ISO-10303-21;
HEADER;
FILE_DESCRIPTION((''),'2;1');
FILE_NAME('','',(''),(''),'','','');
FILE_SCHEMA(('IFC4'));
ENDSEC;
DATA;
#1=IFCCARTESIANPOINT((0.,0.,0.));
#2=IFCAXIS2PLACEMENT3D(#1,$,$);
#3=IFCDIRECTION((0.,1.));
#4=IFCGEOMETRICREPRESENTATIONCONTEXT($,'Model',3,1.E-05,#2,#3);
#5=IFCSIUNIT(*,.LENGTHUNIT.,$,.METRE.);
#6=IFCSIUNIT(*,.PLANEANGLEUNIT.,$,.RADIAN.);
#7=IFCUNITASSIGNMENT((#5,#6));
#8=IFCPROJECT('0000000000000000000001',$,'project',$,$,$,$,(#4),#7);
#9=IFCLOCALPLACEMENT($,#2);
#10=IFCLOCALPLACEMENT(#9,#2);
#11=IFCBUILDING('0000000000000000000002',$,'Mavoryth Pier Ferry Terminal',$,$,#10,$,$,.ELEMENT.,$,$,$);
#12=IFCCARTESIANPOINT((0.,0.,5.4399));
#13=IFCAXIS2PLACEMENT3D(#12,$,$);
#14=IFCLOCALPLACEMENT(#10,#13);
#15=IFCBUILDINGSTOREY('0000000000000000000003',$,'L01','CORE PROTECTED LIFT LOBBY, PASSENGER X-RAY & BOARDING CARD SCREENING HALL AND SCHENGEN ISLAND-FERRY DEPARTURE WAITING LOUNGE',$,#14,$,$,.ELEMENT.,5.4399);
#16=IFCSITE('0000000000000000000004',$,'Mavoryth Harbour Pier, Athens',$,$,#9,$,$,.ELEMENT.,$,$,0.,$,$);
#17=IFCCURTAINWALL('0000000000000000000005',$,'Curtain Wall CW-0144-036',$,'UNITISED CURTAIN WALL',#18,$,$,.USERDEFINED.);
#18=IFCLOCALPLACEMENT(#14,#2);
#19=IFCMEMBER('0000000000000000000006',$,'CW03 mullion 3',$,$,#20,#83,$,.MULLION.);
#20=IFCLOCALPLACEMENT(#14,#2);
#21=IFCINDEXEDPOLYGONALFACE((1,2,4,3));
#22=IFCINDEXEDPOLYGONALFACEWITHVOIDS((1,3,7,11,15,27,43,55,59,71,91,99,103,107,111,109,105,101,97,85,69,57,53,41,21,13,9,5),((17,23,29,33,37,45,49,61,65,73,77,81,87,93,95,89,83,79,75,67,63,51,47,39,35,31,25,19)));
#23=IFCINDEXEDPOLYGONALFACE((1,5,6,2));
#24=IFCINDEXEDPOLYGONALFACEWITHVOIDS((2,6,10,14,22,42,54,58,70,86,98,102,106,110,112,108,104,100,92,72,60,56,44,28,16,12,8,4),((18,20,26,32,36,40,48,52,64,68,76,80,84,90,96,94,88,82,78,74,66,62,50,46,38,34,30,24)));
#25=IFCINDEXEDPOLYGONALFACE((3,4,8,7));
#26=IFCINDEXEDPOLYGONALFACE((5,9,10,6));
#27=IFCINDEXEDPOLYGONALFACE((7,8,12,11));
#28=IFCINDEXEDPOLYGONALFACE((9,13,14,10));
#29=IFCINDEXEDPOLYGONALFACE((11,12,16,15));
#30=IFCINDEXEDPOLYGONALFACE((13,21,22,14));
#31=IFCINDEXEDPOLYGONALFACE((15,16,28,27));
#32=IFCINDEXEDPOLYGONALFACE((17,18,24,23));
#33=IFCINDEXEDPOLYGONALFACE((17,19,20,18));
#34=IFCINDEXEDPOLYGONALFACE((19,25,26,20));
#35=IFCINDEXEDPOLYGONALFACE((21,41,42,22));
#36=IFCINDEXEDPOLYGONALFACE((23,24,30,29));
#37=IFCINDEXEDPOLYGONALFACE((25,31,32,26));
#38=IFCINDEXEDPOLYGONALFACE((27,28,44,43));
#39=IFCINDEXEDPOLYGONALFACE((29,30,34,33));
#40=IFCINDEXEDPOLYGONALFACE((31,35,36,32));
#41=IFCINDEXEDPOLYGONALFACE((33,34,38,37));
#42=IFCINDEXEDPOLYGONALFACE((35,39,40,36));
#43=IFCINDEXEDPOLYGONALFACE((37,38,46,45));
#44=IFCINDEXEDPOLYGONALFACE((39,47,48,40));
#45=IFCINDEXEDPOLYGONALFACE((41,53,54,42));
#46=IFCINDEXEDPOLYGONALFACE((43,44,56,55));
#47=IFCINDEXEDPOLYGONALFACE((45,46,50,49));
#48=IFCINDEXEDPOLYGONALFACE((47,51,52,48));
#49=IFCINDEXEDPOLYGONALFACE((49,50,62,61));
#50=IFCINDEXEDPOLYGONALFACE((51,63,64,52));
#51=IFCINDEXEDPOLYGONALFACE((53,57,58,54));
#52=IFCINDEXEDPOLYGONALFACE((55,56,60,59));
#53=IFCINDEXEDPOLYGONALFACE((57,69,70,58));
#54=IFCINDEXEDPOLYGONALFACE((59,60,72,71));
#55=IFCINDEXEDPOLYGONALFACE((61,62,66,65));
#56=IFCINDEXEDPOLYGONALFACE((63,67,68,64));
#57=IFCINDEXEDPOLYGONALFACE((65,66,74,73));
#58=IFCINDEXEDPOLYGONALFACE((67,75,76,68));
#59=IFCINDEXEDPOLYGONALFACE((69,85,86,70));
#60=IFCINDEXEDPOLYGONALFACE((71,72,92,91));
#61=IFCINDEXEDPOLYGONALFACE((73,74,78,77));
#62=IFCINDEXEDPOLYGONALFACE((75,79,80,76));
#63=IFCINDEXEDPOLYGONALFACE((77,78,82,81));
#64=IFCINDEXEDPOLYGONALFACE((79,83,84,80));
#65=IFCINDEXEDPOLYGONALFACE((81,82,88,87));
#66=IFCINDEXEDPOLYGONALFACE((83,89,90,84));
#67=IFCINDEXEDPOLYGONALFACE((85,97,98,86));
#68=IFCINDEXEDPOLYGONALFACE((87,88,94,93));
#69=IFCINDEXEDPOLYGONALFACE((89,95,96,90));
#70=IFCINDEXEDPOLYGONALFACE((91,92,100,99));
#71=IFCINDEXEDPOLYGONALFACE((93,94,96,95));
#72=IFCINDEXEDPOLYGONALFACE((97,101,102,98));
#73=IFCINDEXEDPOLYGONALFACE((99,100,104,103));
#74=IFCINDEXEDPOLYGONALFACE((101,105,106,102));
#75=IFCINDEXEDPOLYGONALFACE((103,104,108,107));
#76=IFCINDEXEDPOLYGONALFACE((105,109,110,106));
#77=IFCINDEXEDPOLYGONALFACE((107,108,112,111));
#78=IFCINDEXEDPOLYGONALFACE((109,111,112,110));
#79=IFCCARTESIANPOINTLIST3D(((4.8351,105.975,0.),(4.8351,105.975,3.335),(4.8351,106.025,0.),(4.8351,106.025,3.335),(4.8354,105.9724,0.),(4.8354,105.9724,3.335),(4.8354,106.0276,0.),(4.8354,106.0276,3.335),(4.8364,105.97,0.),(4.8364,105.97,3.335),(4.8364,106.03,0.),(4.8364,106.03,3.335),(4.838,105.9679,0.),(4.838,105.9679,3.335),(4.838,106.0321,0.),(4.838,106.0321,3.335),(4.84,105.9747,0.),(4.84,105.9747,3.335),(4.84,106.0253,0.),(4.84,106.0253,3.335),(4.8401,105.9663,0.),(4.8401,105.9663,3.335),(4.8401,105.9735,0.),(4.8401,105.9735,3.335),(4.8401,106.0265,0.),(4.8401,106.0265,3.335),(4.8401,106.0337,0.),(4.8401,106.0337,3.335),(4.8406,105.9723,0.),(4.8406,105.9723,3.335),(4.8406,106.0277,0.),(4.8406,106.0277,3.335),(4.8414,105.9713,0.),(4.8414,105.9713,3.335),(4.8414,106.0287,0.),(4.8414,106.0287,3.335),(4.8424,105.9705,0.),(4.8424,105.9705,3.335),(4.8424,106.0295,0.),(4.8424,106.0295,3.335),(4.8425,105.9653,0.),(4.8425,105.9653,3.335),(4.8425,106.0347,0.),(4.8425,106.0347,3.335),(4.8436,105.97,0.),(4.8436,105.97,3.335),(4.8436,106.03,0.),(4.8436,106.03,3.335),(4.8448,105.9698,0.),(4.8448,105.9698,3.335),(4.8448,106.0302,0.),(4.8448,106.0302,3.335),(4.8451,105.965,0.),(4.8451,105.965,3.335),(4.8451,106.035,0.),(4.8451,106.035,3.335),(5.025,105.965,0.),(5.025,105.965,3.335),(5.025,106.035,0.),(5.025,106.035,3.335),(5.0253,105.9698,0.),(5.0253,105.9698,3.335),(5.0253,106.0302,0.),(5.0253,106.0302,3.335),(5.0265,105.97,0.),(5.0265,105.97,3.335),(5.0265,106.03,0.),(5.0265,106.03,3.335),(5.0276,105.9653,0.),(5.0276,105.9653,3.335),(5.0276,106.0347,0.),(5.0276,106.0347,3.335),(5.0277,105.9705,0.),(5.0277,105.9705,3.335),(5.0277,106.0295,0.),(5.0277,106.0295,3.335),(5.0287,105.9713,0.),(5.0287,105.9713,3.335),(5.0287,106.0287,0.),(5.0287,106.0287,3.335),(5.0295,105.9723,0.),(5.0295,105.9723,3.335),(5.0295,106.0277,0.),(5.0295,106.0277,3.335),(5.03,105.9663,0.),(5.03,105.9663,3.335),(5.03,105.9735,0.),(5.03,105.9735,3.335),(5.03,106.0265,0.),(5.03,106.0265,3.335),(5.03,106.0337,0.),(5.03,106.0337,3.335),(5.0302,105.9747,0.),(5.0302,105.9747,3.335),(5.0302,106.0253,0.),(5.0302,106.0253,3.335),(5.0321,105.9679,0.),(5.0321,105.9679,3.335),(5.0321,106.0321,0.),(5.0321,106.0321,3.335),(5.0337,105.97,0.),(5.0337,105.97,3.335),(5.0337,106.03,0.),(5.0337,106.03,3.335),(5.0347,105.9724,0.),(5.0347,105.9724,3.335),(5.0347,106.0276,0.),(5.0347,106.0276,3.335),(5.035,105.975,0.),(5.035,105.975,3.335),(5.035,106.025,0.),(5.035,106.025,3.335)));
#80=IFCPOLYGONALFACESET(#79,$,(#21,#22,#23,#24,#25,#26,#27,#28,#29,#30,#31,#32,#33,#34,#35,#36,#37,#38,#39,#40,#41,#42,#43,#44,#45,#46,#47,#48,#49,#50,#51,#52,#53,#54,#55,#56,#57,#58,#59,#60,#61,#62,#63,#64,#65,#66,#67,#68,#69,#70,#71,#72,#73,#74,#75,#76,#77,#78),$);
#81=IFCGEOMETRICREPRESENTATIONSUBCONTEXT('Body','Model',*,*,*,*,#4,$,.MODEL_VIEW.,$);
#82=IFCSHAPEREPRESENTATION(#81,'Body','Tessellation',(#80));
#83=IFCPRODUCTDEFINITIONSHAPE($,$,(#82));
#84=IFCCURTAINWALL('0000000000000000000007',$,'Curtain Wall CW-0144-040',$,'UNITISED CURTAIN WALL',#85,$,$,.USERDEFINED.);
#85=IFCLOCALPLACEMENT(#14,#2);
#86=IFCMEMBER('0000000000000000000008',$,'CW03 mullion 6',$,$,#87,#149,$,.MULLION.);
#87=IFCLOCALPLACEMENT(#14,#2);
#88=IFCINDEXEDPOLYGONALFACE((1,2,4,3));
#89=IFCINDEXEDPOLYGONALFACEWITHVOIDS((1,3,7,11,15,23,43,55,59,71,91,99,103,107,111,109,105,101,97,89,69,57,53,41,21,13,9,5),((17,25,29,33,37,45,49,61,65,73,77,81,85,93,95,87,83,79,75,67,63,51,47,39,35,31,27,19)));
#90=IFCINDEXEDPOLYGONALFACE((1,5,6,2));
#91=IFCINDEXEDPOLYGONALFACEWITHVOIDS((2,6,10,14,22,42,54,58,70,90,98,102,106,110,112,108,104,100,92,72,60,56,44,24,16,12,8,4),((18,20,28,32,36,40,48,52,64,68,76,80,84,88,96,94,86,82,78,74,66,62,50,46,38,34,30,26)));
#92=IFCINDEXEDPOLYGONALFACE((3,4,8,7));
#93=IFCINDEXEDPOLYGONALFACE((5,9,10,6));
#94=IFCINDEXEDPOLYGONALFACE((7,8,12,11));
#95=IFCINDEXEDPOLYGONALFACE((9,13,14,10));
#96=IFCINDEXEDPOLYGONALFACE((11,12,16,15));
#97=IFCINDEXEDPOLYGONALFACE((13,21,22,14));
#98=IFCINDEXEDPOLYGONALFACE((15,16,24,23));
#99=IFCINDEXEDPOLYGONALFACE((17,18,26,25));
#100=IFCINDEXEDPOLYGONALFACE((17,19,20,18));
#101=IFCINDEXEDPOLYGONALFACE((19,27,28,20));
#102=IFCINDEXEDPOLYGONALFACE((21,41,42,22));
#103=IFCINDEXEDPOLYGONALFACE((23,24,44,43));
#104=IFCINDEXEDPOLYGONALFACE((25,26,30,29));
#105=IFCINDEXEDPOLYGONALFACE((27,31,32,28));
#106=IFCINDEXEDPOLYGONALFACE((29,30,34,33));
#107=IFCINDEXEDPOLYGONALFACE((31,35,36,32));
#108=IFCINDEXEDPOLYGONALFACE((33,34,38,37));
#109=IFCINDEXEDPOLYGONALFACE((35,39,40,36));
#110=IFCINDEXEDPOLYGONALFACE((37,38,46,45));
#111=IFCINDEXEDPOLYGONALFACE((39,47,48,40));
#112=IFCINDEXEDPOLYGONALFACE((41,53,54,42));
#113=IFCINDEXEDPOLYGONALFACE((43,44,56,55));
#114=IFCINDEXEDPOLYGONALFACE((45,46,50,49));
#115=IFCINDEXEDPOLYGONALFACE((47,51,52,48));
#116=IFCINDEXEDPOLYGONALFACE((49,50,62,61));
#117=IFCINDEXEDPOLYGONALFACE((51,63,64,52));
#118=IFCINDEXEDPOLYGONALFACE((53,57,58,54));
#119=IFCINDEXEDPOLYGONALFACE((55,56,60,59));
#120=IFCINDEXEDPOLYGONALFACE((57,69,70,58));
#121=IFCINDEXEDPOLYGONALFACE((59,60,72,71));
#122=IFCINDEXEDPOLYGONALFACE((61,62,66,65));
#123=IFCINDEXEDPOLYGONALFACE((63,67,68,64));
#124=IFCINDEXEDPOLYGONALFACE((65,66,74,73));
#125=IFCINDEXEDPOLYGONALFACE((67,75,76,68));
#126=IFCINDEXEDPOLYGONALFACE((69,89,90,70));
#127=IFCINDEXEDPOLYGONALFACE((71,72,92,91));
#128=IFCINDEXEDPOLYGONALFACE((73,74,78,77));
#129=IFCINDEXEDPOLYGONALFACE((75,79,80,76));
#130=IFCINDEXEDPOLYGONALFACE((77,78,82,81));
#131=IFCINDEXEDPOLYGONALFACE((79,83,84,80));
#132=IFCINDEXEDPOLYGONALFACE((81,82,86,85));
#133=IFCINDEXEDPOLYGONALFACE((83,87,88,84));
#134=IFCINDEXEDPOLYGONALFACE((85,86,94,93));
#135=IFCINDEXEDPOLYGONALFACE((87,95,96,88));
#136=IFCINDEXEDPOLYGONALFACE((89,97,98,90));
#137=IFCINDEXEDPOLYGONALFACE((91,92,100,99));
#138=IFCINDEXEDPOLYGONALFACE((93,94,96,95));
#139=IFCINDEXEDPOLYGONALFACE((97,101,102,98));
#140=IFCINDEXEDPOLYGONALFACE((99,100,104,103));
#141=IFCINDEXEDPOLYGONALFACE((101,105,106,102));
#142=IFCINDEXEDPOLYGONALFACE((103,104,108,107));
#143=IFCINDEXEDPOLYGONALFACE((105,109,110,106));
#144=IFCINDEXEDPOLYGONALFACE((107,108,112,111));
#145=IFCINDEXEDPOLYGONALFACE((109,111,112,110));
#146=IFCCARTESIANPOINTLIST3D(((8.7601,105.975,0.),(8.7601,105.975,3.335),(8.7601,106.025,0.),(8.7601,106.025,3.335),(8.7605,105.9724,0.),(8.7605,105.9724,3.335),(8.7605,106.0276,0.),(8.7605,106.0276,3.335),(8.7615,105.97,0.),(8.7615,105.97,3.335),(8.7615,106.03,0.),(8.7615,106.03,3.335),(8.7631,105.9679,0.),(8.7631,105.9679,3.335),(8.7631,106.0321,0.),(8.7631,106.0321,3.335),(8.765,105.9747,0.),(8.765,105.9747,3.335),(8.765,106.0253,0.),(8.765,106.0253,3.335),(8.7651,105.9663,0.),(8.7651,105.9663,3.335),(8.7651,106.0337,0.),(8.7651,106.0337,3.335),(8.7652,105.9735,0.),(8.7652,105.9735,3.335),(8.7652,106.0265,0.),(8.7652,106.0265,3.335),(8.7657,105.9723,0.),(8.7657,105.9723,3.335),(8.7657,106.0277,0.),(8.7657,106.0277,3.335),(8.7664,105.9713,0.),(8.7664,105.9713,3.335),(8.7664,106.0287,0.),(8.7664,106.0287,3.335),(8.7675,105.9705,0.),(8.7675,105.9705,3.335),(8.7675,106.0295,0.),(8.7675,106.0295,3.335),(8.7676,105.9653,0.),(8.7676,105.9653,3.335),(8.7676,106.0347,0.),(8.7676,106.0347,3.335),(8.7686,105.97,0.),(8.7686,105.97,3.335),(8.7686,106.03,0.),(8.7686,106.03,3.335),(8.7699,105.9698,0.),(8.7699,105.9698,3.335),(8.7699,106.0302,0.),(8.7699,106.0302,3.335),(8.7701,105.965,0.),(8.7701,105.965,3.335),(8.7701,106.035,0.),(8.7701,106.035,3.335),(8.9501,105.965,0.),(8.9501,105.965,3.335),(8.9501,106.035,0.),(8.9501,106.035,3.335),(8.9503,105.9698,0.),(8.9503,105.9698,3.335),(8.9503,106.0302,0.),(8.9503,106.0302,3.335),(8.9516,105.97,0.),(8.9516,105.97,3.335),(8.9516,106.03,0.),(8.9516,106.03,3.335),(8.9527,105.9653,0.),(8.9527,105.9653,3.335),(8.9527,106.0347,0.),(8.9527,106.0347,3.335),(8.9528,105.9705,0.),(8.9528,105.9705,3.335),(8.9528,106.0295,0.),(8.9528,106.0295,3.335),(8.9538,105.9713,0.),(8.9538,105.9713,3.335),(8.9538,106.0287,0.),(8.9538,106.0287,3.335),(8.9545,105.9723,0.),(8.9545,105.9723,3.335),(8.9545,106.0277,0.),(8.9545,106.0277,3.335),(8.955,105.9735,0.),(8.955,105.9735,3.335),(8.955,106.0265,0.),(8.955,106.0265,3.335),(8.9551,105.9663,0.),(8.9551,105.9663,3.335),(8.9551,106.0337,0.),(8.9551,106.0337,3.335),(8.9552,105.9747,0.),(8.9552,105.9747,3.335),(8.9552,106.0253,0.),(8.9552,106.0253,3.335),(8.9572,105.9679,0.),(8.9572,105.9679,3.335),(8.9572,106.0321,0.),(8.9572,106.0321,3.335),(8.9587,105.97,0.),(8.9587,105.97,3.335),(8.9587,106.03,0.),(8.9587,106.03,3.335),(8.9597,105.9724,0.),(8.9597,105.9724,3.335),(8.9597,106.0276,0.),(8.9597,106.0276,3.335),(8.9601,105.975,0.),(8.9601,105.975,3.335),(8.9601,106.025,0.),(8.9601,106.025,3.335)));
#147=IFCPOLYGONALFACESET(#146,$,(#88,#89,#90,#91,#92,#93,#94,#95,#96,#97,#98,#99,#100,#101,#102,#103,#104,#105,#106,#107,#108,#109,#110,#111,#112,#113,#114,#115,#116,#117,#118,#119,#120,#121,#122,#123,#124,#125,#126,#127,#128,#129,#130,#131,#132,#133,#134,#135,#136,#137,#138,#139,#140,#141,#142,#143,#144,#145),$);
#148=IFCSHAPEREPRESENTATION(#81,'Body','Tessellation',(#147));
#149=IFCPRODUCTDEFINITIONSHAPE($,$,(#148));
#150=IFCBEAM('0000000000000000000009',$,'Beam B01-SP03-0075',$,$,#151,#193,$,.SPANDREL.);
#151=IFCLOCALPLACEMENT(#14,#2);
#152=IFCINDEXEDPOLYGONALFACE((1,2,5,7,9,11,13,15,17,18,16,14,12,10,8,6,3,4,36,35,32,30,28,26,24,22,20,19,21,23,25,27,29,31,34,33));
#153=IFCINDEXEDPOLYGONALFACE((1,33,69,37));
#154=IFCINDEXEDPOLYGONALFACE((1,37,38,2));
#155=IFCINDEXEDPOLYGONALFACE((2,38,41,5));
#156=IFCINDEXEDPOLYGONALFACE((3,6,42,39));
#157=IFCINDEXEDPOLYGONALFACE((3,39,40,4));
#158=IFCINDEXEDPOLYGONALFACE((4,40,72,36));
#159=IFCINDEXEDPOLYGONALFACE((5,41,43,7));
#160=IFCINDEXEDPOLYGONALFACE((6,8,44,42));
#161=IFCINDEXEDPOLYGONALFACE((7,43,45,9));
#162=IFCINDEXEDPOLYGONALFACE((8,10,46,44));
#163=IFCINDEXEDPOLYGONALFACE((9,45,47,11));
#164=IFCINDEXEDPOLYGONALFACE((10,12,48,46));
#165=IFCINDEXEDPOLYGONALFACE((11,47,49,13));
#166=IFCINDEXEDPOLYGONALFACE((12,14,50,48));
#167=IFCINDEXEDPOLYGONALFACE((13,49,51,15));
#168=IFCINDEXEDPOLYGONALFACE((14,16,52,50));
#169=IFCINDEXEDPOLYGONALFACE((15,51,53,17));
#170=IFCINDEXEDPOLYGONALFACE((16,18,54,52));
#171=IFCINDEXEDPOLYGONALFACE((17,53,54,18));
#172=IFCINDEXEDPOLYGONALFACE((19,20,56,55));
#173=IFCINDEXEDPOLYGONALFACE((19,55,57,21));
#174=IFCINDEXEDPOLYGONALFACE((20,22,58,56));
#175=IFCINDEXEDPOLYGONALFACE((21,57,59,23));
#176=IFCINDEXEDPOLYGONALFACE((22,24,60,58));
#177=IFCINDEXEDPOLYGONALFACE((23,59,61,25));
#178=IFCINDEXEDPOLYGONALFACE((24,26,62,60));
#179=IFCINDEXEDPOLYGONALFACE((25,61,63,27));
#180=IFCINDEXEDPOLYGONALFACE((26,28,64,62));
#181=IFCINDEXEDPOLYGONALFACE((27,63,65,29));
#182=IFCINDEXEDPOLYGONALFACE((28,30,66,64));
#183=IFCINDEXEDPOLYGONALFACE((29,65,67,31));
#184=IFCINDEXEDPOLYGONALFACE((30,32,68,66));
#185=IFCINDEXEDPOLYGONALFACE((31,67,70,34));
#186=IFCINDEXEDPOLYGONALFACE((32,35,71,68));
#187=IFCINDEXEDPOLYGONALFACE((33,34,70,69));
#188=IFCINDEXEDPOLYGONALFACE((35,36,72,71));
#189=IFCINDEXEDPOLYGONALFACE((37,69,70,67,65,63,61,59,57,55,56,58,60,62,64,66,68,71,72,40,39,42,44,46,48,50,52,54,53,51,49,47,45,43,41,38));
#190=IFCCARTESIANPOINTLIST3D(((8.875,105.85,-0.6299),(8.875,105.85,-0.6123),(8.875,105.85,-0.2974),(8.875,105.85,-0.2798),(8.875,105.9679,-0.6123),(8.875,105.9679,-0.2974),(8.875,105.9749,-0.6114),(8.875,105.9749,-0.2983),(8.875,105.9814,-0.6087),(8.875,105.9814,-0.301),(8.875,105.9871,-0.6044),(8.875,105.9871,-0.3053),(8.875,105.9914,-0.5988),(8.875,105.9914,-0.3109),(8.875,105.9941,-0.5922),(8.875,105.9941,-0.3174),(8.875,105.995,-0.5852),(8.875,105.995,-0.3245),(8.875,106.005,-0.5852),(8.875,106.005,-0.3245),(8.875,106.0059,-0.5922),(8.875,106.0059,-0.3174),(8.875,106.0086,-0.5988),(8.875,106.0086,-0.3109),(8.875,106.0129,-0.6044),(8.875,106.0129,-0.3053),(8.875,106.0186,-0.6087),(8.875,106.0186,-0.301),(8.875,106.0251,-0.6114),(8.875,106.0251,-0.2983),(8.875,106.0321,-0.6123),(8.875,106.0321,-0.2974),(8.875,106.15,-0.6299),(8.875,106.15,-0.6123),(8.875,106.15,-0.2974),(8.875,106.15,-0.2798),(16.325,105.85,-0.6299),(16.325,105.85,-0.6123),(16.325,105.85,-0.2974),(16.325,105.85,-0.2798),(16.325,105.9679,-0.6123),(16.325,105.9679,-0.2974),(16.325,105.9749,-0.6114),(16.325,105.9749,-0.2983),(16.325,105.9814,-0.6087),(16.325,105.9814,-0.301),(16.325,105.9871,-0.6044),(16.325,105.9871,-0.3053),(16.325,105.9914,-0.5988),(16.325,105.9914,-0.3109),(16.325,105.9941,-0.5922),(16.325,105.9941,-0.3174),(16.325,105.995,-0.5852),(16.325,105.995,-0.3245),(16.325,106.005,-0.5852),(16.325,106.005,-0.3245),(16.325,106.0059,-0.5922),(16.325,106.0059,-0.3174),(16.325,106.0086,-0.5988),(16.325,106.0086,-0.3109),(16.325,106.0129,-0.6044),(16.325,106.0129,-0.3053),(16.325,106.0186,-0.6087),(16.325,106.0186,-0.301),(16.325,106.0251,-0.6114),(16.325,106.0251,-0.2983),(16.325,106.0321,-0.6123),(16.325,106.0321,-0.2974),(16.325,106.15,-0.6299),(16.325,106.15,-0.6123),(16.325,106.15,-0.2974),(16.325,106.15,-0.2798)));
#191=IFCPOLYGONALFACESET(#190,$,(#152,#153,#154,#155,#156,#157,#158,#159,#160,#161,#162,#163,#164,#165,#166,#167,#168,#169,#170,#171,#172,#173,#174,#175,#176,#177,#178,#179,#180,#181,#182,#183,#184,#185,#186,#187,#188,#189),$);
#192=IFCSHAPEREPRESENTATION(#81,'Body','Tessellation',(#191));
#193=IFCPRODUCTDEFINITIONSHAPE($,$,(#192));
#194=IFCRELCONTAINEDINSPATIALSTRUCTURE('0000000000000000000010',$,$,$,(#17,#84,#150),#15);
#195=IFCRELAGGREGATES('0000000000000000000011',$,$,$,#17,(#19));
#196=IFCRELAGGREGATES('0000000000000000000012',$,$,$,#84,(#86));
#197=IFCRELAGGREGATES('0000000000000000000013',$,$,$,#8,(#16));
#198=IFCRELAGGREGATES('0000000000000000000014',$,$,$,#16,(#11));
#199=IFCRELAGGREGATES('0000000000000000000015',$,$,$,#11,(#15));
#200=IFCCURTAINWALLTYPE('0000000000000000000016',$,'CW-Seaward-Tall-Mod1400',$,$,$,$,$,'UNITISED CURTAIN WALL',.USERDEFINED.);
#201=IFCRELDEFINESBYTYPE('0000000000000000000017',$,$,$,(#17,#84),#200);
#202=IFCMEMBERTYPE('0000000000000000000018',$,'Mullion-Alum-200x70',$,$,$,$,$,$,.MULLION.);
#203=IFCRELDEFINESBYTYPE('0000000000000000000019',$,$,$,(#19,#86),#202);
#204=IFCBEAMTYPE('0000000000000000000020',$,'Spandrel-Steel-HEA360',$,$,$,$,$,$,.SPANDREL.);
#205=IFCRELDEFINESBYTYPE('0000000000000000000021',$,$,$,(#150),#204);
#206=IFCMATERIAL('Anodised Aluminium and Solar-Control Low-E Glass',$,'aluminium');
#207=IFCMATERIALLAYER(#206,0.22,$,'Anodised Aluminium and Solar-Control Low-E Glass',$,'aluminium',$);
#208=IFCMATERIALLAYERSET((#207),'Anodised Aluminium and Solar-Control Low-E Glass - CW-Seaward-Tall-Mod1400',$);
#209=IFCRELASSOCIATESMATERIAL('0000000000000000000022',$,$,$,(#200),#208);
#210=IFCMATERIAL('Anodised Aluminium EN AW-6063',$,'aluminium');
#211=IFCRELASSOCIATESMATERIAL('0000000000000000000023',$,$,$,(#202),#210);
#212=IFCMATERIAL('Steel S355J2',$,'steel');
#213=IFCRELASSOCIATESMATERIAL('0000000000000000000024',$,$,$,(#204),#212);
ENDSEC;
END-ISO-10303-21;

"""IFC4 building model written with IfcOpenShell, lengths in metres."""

from ifc_helpers import new_model, si_unit, direction, frame, origin, origin_2d, place, context, subcontext, project, spatial, hollow_rectangle, i_section, extrude, material, layer, layer_set, material_profile, profile_set, type_object, element, aggregate, save


model = new_model("IFC4")

# Units and contexts
model_context = context("Model", 3, precision=1e-05, world=origin(), true_north=direction((0.0, 1.0)))
body_context = subcontext(model_context, "Body", "Model", "MODEL_VIEW")
ifc_project = project(units=[si_unit("LENGTHUNIT", "METRE"), si_unit("PLANEANGLEUNIT", "RADIAN")], contexts=[model_context])

# Site, building, storey
site_placement = place(None, origin())
site = spatial("IfcSite", under=ifc_project, at=site_placement, Name="Mavoryth Harbour Pier, Athens", CompositionType="ELEMENT", RefElevation=0.0)
building_placement = place(site_placement, origin())
building = spatial("IfcBuilding", under=site, at=building_placement, Name="Mavoryth Pier Ferry Terminal", CompositionType="ELEMENT")
storey_placement = place(building_placement, frame((0.0, 0.0, 5.4399)))
storey = spatial("IfcBuildingStorey", under=building, at=storey_placement, Name="L01", Description="CORE PROTECTED LIFT LOBBY, PASSENGER X-RAY & BOARDING CARD SCREENING HALL AND SCHENGEN ISLAND-FERRY DEPARTURE WAITING LOUNGE", CompositionType="ELEMENT", Elevation=5.4399)

# Shared definitions
ifc_material_1 = material(Name="Steel S355J2", Category="steel")

# Curtain wall, member
ifc_material_2 = material(Name="Anodised Aluminium and Solar-Control Low-E Glass", Category="aluminium")
ifc_layer_1 = layer(ifc_material_2, 0.22, Name="Anodised Aluminium and Solar-Control Low-E Glass", Category="aluminium")
ifc_layer_set_1 = layer_set([ifc_layer_1], Name="Anodised Aluminium and Solar-Control Low-E Glass - CW-Seaward-Tall-Mod1400")
curtain_wall_type = type_object("IfcCurtainWallType", Name="CW-Seaward-Tall-Mod1400", ElementType="UNITISED CURTAIN WALL", PredefinedType="USERDEFINED", material=ifc_layer_set_1)
curtain_wall_1_placement = place(storey_placement, origin())
curtain_wall_1 = element("IfcCurtainWall", 1, at=curtain_wall_1_placement, inside=storey, type_object=curtain_wall_type, Name="Curtain Wall CW-0144-036", ObjectType="UNITISED CURTAIN WALL", PredefinedType="USERDEFINED")
ifc_material_3 = material(Name="Anodised Aluminium EN AW-6063", Category="aluminium")
ifc_material_profile_1 = material_profile(ifc_material_3, hollow_rectangle(XDim=0.0701, YDim=0.2, WallThickness=0.0049, InnerFilletRadius=0.0049, OuterFilletRadius=0.01, at=origin_2d()), Name="AL-MULL 200x70x5", Category="aluminium")
ifc_profile_set_1 = profile_set([ifc_material_profile_1], Name="Anodised Aluminium EN AW-6063 - AL-MULL 200x70x5")
member_type_1 = type_object("IfcMemberType", Name="Mullion-Alum-200x70", PredefinedType="MULLION", material=ifc_profile_set_1)
member_1_placement = place(storey_placement, frame((4.9351, 106.0, 0.0), z_axis=(0.0, 0.0, 1.0), x_axis=(0.0, -1.0, 0.0)))
member_1 = element("IfcMember", 2, at=member_1_placement, type_object=member_type_1, Name="CW03 mullion 3", PredefinedType="MULLION", context=body_context, shape_type="SweptSolid", body=[
    extrude(hollow_rectangle(XDim=0.0701, YDim=0.2, WallThickness=0.0049, InnerFilletRadius=0.0049, OuterFilletRadius=0.01, at=origin_2d()), origin(), (0.0, 0.0, 1.0), 3.335),
])

# Curtain wall, member
curtain_wall_2_placement = place(storey_placement, origin())
curtain_wall_2 = element("IfcCurtainWall", 3, at=curtain_wall_2_placement, inside=storey, type_object=curtain_wall_type, Name="Curtain Wall CW-0144-040", ObjectType="UNITISED CURTAIN WALL", PredefinedType="USERDEFINED")
member_2_placement = place(storey_placement, frame((8.8601, 106.0, 0.0), z_axis=(0.0, 0.0, 1.0), x_axis=(0.0, -1.0, 0.0)))
member_2 = element("IfcMember", 4, at=member_2_placement, type_object=member_type_1, Name="CW03 mullion 6", PredefinedType="MULLION", context=body_context, shape_type="SweptSolid", body=[
    extrude(hollow_rectangle(XDim=0.0701, YDim=0.2, WallThickness=0.0049, InnerFilletRadius=0.0049, OuterFilletRadius=0.01, at=origin_2d()), origin(), (0.0, 0.0, 1.0), 3.335),
])

# Beam
ifc_material_profile_2 = material_profile(ifc_material_1, i_section(OverallWidth=0.3, OverallDepth=0.3501, WebThickness=0.01, FlangeThickness=0.0176, FilletRadius=0.0271, at=origin_2d()), Name="HEA 360", Category="steel")
ifc_profile_set_2 = profile_set([ifc_material_profile_2], Name="Steel S355J2 - HEA 360")
beam_type_1 = type_object("IfcBeamType", Name="Spandrel-Steel-HEA360", PredefinedType="SPANDREL", material=ifc_profile_set_2)
beam_1_placement = place(storey_placement, frame((8.875, 106.0, -0.4548), z_axis=(1.0, 0.0, 0.0), x_axis=(0.0, 1.0, 0.0)))
element("IfcBeam", 5, at=beam_1_placement, inside=storey, type_object=beam_type_1, Name="Beam B01-SP03-0075", PredefinedType="SPANDREL", context=body_context, shape_type="SweptSolid", body=[
    extrude(i_section(OverallWidth=0.3, OverallDepth=0.3501, WebThickness=0.01, FlangeThickness=0.0176, FilletRadius=0.0271, at=origin_2d()), origin(), (0.0, 0.0, 1.0), 7.45),
])

aggregate(curtain_wall_1, [member_1])
aggregate(curtain_wall_2, [member_2])

save(model, "model.ifc")
